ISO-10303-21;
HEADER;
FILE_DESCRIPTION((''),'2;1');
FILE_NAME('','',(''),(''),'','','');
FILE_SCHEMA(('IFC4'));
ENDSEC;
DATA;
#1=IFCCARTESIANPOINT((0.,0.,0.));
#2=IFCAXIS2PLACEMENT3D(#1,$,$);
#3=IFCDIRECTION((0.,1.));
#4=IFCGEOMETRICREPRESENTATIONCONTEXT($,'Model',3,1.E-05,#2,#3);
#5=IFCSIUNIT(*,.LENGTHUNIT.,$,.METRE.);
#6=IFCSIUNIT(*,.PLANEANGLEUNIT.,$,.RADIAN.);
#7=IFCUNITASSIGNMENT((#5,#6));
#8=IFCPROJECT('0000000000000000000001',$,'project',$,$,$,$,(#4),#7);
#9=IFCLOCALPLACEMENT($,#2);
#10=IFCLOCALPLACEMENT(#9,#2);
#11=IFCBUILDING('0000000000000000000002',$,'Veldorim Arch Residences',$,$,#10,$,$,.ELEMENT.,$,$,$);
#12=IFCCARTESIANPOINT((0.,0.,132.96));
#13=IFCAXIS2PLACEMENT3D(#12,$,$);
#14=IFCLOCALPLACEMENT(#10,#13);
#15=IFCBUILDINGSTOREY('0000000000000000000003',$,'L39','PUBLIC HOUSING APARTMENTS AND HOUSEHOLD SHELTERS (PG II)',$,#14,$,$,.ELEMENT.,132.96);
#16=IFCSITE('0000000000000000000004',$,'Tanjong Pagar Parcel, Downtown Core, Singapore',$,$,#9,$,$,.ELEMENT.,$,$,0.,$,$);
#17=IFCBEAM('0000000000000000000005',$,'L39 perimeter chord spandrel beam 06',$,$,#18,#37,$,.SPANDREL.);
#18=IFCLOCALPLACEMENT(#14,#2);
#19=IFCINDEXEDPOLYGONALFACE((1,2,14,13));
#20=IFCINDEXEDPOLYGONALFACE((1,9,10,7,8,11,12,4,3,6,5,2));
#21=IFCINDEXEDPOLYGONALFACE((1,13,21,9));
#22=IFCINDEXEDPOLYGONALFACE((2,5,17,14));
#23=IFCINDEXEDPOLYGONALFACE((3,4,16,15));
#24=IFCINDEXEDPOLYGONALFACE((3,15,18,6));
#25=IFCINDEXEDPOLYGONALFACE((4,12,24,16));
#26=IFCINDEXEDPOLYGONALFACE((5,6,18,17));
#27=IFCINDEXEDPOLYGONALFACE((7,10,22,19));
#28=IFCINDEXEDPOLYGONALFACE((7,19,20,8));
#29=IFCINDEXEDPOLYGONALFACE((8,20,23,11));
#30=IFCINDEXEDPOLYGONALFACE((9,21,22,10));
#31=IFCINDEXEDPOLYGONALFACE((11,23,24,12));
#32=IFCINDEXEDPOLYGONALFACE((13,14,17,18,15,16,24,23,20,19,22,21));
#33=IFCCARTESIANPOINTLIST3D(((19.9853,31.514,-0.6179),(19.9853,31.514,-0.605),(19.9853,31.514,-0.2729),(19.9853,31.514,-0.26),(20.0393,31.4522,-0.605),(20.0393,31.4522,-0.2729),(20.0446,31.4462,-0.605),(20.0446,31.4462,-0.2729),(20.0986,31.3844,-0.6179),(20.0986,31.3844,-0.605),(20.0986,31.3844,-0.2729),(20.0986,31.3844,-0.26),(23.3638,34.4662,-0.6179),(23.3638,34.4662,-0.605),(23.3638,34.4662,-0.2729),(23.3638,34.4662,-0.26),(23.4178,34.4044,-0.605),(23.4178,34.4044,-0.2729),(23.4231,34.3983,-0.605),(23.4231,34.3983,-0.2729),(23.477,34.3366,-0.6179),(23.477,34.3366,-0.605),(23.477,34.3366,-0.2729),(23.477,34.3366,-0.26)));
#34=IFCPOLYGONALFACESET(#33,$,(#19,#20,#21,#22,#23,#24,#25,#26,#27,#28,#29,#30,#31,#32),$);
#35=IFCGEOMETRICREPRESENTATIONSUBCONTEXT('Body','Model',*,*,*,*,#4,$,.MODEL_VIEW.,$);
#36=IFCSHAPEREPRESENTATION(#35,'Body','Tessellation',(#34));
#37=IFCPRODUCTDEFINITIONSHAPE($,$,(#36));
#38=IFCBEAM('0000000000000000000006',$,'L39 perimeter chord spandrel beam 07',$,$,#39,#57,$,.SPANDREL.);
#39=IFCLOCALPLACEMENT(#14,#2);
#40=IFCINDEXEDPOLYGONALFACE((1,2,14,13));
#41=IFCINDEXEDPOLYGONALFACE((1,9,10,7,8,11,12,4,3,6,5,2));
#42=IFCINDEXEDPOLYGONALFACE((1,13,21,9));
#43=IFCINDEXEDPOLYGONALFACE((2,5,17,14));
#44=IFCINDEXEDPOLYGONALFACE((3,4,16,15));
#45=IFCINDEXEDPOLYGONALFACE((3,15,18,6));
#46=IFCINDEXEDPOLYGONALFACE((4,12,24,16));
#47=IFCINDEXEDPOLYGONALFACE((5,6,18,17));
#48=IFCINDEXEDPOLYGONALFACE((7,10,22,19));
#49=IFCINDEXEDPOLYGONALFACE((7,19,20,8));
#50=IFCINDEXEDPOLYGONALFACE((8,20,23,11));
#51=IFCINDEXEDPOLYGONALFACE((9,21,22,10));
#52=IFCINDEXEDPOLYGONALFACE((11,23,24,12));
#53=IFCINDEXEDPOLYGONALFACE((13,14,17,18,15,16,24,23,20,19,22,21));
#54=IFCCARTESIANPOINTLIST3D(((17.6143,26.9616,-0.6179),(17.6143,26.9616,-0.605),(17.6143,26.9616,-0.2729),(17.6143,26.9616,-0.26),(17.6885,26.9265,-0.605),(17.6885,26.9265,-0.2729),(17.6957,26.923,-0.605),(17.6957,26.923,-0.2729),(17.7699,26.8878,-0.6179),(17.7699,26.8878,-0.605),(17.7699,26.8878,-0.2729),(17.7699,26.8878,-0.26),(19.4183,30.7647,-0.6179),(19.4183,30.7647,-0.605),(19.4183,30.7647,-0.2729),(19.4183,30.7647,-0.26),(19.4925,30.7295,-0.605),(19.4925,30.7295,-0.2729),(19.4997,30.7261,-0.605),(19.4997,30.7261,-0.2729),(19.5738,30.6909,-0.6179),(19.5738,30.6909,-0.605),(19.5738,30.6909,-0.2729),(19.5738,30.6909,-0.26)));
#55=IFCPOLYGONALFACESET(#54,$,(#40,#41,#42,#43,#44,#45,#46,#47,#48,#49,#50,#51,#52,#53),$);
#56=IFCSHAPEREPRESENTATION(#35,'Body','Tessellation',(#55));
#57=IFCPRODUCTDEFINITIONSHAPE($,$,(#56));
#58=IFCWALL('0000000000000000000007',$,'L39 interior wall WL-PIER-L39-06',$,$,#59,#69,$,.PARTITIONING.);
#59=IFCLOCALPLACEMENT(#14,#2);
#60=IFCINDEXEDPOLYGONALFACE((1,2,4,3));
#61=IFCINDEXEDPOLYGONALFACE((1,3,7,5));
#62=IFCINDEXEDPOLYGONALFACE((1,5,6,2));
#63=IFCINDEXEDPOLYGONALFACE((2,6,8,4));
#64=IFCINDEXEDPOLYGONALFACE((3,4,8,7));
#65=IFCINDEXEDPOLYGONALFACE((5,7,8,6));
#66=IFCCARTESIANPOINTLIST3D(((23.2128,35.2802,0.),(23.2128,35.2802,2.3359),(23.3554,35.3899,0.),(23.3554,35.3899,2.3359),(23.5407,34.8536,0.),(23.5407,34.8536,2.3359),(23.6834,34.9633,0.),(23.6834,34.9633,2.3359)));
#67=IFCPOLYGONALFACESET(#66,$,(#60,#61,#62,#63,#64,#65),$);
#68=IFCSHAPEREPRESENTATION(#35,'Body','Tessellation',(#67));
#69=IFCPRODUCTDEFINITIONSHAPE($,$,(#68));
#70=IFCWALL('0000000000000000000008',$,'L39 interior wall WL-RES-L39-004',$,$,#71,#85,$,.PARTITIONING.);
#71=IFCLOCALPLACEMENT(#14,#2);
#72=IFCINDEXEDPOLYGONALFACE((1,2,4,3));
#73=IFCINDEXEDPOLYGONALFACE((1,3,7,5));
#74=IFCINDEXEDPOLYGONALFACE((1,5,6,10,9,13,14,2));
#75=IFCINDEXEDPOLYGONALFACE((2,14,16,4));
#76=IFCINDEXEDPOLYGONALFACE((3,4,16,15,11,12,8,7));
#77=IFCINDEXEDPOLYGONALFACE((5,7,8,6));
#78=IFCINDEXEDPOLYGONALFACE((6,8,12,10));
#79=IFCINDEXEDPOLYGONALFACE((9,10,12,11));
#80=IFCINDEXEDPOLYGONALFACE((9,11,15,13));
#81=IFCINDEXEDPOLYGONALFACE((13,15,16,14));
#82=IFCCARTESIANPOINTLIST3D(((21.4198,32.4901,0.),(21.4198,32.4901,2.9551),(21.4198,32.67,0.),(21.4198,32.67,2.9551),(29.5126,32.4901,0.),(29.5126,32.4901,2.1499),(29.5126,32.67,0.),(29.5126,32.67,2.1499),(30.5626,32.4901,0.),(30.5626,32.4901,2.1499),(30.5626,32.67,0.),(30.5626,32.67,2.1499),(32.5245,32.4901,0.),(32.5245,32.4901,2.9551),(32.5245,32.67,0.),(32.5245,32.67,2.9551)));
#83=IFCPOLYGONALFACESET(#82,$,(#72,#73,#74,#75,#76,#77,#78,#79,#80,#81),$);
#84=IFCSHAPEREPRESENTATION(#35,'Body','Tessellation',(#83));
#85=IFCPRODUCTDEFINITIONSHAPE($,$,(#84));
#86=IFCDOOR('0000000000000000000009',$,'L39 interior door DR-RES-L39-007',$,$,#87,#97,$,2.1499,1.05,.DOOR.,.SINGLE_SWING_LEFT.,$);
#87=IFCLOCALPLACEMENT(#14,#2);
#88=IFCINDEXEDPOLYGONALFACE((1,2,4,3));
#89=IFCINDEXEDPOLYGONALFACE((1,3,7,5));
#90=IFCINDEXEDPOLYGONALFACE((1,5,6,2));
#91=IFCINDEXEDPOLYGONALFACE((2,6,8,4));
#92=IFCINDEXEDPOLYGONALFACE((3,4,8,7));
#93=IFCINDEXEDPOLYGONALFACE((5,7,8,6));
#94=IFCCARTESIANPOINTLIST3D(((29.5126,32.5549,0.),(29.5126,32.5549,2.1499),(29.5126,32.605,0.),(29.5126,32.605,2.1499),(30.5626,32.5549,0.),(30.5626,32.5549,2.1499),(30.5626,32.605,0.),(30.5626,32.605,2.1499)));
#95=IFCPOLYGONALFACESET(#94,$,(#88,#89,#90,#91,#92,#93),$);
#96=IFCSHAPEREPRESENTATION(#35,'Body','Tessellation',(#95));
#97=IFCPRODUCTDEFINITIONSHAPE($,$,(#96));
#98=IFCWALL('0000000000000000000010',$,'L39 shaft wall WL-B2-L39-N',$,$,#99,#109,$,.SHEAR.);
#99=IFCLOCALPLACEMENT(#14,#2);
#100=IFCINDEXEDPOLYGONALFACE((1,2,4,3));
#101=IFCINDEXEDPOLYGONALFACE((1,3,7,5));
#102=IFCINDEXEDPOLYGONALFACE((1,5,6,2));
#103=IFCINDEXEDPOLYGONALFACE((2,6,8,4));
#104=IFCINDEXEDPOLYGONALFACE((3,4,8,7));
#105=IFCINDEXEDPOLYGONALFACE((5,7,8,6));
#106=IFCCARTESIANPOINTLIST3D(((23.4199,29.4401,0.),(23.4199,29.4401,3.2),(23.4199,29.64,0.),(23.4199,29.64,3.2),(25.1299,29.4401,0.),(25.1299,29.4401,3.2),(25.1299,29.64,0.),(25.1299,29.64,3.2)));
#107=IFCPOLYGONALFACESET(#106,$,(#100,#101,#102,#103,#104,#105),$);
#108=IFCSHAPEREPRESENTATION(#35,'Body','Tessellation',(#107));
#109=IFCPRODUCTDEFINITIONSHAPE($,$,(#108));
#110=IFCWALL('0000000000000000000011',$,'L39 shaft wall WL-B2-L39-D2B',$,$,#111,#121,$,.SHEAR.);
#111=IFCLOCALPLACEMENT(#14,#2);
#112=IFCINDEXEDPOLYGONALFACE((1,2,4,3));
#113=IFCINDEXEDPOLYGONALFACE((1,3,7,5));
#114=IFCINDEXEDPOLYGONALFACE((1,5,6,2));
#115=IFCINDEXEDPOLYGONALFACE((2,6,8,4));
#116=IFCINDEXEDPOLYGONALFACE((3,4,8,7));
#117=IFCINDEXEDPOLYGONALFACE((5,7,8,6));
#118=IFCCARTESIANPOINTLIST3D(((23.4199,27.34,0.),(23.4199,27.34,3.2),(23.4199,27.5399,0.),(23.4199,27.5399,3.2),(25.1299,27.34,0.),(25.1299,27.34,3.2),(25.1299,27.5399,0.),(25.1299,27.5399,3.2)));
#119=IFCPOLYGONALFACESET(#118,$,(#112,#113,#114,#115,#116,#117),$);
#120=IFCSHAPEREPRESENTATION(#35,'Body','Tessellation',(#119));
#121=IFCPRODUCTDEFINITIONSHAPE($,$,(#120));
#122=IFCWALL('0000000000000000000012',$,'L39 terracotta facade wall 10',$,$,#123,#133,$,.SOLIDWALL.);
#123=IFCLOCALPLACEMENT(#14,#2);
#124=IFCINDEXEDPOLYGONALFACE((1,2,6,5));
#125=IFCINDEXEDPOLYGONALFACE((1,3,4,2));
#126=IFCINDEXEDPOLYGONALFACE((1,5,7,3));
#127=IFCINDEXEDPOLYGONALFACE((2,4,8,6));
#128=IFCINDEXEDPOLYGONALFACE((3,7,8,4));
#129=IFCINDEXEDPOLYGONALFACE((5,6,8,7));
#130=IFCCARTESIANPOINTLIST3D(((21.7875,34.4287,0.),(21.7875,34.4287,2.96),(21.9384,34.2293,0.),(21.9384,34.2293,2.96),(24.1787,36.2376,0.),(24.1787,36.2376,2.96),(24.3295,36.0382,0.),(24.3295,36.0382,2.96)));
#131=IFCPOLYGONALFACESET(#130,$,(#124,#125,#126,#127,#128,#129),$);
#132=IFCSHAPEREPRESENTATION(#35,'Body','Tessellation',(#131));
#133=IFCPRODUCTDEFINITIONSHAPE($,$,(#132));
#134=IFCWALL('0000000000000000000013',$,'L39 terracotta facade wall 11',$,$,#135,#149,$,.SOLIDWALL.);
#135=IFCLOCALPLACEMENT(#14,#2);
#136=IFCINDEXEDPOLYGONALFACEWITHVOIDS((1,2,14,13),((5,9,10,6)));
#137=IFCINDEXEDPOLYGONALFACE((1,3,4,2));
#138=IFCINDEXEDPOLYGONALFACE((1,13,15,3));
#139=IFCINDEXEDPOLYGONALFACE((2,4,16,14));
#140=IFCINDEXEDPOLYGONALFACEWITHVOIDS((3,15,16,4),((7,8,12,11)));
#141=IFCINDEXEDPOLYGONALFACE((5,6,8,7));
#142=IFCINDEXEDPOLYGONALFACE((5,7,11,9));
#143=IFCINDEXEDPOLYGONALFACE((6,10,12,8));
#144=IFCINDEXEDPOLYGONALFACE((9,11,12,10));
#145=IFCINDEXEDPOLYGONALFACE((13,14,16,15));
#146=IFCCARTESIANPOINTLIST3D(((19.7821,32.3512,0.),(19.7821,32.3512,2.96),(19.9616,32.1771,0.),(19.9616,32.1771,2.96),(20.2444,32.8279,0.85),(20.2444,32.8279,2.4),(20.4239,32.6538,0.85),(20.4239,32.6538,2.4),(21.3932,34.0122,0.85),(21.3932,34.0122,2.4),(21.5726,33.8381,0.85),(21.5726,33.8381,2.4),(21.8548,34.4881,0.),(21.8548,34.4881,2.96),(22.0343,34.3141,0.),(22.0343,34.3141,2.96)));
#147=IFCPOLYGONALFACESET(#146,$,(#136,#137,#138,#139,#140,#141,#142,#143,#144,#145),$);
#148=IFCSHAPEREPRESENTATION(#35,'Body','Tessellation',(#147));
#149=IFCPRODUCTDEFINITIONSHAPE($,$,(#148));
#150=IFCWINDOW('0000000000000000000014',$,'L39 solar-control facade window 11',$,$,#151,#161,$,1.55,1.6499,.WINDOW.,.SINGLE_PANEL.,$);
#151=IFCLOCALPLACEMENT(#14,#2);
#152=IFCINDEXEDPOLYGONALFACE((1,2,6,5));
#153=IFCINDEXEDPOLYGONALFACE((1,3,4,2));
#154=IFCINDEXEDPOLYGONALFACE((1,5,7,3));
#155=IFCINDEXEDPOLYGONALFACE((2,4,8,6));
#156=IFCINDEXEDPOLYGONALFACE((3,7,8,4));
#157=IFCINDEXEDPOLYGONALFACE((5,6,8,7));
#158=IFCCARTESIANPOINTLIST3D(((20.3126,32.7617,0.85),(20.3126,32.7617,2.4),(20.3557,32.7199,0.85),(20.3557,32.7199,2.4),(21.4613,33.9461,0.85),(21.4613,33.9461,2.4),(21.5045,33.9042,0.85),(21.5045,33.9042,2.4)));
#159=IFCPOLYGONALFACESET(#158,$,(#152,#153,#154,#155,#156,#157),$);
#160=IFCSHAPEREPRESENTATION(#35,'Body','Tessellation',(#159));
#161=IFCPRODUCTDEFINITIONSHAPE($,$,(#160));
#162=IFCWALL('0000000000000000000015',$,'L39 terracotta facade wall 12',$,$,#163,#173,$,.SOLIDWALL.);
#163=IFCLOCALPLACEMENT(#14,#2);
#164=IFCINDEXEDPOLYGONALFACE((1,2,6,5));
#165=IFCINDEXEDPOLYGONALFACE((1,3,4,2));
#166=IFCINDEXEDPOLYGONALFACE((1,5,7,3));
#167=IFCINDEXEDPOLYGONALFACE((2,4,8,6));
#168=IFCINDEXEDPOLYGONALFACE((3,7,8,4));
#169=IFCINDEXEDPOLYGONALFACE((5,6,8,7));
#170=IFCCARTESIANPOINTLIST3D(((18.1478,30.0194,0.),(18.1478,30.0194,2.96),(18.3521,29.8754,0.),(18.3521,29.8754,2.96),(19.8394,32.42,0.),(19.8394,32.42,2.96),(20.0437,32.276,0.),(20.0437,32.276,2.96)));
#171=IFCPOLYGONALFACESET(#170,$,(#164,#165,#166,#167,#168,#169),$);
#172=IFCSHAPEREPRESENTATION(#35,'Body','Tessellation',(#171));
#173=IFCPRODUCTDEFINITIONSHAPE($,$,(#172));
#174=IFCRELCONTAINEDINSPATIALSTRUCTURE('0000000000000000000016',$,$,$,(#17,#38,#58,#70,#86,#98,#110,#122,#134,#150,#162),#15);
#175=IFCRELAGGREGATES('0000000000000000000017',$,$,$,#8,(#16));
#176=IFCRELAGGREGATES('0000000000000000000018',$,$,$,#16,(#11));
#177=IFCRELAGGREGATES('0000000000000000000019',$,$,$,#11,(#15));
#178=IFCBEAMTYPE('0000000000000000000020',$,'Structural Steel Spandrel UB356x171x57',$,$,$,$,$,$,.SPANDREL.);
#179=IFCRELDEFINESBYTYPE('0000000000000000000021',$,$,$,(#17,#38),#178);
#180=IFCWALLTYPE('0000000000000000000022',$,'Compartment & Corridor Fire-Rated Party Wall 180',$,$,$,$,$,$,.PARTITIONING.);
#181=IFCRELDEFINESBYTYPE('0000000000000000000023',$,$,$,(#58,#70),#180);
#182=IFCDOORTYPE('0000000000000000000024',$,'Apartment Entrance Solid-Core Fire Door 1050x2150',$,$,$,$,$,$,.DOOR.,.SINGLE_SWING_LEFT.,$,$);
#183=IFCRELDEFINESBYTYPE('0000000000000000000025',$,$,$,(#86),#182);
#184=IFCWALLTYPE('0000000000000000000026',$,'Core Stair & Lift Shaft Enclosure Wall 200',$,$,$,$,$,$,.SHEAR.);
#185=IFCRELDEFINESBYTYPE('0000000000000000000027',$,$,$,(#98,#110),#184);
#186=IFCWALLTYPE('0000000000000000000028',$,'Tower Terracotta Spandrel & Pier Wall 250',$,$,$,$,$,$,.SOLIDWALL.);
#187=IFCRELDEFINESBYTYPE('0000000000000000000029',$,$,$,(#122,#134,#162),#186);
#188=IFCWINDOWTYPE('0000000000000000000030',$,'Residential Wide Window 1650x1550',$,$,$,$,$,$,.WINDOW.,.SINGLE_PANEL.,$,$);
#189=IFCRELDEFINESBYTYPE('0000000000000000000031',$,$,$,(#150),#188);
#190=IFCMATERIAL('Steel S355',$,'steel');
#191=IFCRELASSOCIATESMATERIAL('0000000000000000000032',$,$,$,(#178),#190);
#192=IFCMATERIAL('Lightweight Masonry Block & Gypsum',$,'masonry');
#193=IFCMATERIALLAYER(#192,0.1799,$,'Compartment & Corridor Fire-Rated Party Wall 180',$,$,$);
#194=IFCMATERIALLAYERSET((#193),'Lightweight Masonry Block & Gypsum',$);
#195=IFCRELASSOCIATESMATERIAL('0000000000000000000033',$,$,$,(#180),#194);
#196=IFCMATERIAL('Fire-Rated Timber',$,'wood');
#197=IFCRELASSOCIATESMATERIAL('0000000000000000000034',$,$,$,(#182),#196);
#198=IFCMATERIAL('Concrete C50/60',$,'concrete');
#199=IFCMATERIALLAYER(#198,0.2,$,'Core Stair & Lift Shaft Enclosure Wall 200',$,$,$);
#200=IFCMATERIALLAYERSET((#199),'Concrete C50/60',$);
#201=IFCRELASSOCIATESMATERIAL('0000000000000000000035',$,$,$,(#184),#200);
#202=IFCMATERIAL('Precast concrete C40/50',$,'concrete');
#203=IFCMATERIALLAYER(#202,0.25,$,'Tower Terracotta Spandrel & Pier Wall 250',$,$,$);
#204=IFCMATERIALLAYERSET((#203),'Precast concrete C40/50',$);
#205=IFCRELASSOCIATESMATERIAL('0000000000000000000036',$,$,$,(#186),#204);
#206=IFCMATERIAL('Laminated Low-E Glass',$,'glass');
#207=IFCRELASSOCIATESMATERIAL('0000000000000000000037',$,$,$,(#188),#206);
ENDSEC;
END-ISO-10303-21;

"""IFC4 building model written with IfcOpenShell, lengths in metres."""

from ifc_helpers import new_model, si_unit, direction, frame, frame_2d, origin, origin_2d, place, context, subcontext, project, spatial, rectangle, i_section, extrude, material, layer, layer_set, material_profile, profile_set, type_object, element, fill, save


model = new_model("IFC4")

# Units and contexts
model_context = context("Model", 3, precision=1e-05, world=origin(), true_north=direction((0.0, 1.0)))
body_context = subcontext(model_context, "Body", "Model", "MODEL_VIEW")
ifc_project = project(units=[si_unit("LENGTHUNIT", "METRE"), si_unit("PLANEANGLEUNIT", "RADIAN")], contexts=[model_context])

# Site, building, storey
site_placement = place(None, origin())
site = spatial("IfcSite", under=ifc_project, at=site_placement, Name="Tanjong Pagar Parcel, Downtown Core, Singapore", CompositionType="ELEMENT", RefElevation=0.0)
building_placement = place(site_placement, origin())
building = spatial("IfcBuilding", under=site, at=building_placement, Name="Veldorim Arch Residences", CompositionType="ELEMENT")
storey_placement = place(building_placement, frame((0.0, 0.0, 132.96)))
storey = spatial("IfcBuildingStorey", under=building, at=storey_placement, Name="L39", Description="PUBLIC HOUSING APARTMENTS AND HOUSEHOLD SHELTERS (PG II)", CompositionType="ELEMENT", Elevation=132.96)

# Beams
ifc_material_1 = material(Name="Steel S355", Category="steel")
ifc_material_profile_1 = material_profile(ifc_material_1, i_section(OverallWidth=0.1721, OverallDepth=0.3579, WebThickness=0.0081, FlangeThickness=0.0129, at=origin_2d()), Name="UB356x171x57")
ifc_profile_set_1 = profile_set([ifc_material_profile_1], Name="Steel S355")
beam_type_1 = type_object("IfcBeamType", Name="Structural Steel Spandrel UB356x171x57", PredefinedType="SPANDREL", material=ifc_profile_set_1)
beam_1_placement = place(storey_placement, frame((23.4204, 34.4014, -0.439), z_axis=(-0.753015, -0.658004, 0.0), x_axis=(0.658004, -0.753015, 0.0)))
element("IfcBeam", 1, at=beam_1_placement, inside=storey, type_object=beam_type_1, Name="L39 perimeter chord spandrel beam 06", PredefinedType="SPANDREL", context=body_context, shape_type="SweptSolid", body=[
    extrude(i_section(OverallWidth=0.1721, OverallDepth=0.3579, WebThickness=0.0081, FlangeThickness=0.0129, at=origin_2d()), origin(), (0.0, 0.0, 1.0), 4.4866),
])
beam_2_placement = place(storey_placement, frame((19.4961, 30.7278, -0.439), z_axis=(-0.42858, -0.903504, 0.0), x_axis=(0.903504, -0.42858, 0.0)))
element("IfcBeam", 2, at=beam_2_placement, inside=storey, type_object=beam_type_1, Name="L39 perimeter chord spandrel beam 07", PredefinedType="SPANDREL", context=body_context, shape_type="SweptSolid", body=[
    extrude(i_section(OverallWidth=0.1721, OverallDepth=0.3579, WebThickness=0.0081, FlangeThickness=0.0129, at=origin_2d()), origin(), (0.0, 0.0, 1.0), 4.2092),
])

# Wall
ifc_material_2 = material(Name="Lightweight Masonry Block & Gypsum", Category="masonry")
ifc_layer_1 = layer(ifc_material_2, 0.1799, Name="Compartment & Corridor Fire-Rated Party Wall 180")
ifc_layer_set_1 = layer_set([ifc_layer_1], Name="Lightweight Masonry Block & Gypsum")
wall_type_1 = type_object("IfcWallType", Name="Compartment & Corridor Fire-Rated Party Wall 180", PredefinedType="PARTITIONING", material=ifc_layer_set_1)
wall_1_placement = place(storey_placement, frame((23.6121, 34.9084, 0.0), z_axis=(0.0, 0.0, 1.0), x_axis=(-0.609469, 0.79281, 0.0)))
element("IfcWall", 3, at=wall_1_placement, inside=storey, type_object=wall_type_1, Name="L39 interior wall WL-PIER-L39-06", PredefinedType="PARTITIONING", context=body_context, shape_type="SweptSolid", body=[
    extrude(rectangle(XDim=0.5381, YDim=0.1799, at=frame_2d((0.269, 0.0))), origin(), (0.0, 0.0, 1.0), 2.3359),
])

# Wall, opening, door
wall_2_placement = place(storey_placement, frame((21.4199, 32.5801, 0.0), z_axis=(0.0, 0.0, 1.0), x_axis=(1.0, 0.0, 0.0)))
wall_2 = element("IfcWall", 4, at=wall_2_placement, inside=storey, type_object=wall_type_1, Name="L39 interior wall WL-RES-L39-004", PredefinedType="PARTITIONING", context=body_context, shape_type="SweptSolid", body=[
    extrude(rectangle(XDim=11.1047, YDim=0.1799, at=frame_2d((5.5522, 0.0))), origin(), (0.0, 0.0, 1.0), 2.9551),
])
opening_1_placement = place(wall_2_placement, frame((8.0928, 0.0, 0.0)))
opening_1 = element("IfcOpeningElement", 5, at=opening_1_placement, cuts=wall_2, PredefinedType="OPENING", context=body_context, shape_type="SweptSolid", body=[
    extrude(rectangle(XDim=1.05, YDim=2.1499, at=frame_2d((0.5249, 1.075))), frame((0.0, 0.0999, 0.0), z_axis=(0.0, -1.0, 0.0), x_axis=(1.0, 0.0, 0.0)), (0.0, 0.0, 1.0), 0.2),
])
ifc_material_3 = material(Name="Fire-Rated Timber", Category="wood")
door_type_1 = type_object("IfcDoorType", Name="Apartment Entrance Solid-Core Fire Door 1050x2150", OperationType="SINGLE_SWING_LEFT", PredefinedType="DOOR", material=ifc_material_3)
door_1_placement = place(opening_1_placement, origin())
door_1 = element("IfcDoor", 6, at=door_1_placement, inside=storey, type_object=door_type_1, Name="L39 interior door DR-RES-L39-007", OperationType="SINGLE_SWING_LEFT", OverallHeight=2.1499, OverallWidth=1.05, PredefinedType="DOOR", context=body_context, shape_type="SweptSolid", body=[
    extrude(rectangle(XDim=1.05, YDim=2.1499, at=frame_2d((0.5249, 1.075))), frame((0.0, 0.0249, 0.0), z_axis=(0.0, -1.0, 0.0), x_axis=(1.0, 0.0, 0.0)), (0.0, 0.0, 1.0), 0.05),
])
fill(opening_1, door_1)

# Walls
ifc_material_4 = material(Name="Concrete C50/60", Category="concrete")
ifc_layer_2 = layer(ifc_material_4, 0.2, Name="Core Stair & Lift Shaft Enclosure Wall 200")
ifc_layer_set_2 = layer_set([ifc_layer_2], Name="Concrete C50/60")
wall_type_2 = type_object("IfcWallType", Name="Core Stair & Lift Shaft Enclosure Wall 200", PredefinedType="SHEAR", material=ifc_layer_set_2)
for number, where, z_axis, x_axis, name in (
    (7, (23.4199, 29.54, 0.0), (0.0, 0.0, 1.0), (1.0, 0.0, 0.0), "L39 shaft wall WL-B2-L39-N"),
    (8, (23.4199, 27.4399, 0.0), (0.0, 0.0, 1.0), (1.0, 0.0, 0.0), "L39 shaft wall WL-B2-L39-D2B"),
):
    element("IfcWall", number, at=place(storey_placement, frame(where, z_axis=z_axis, x_axis=x_axis)), inside=storey, type_object=wall_type_2, Name=name, PredefinedType="SHEAR", context=body_context, shape_type="SweptSolid", body=[
        extrude(rectangle(XDim=1.71, YDim=0.2, at=frame_2d((0.855, 0.0))), origin(), (0.0, 0.0, 1.0), 3.2),
    ])

# Wall
ifc_material_5 = material(Name="Precast concrete C40/50", Category="concrete")
ifc_layer_3 = layer(ifc_material_5, 0.25, Name="Tower Terracotta Spandrel & Pier Wall 250")
ifc_layer_set_3 = layer_set([ifc_layer_3], Name="Precast concrete C40/50")
wall_type_3 = type_object("IfcWallType", Name="Tower Terracotta Spandrel & Pier Wall 250", PredefinedType="SOLIDWALL", material=ifc_layer_set_3)
wall_3_placement = place(storey_placement, frame((21.863, 34.3291, 0.0), z_axis=(0.0, 0.0, 1.0), x_axis=(0.797511, 0.603304, 0.0)))
element("IfcWall", 9, at=wall_3_placement, inside=storey, type_object=wall_type_3, Name="L39 terracotta facade wall 10", PredefinedType="SOLIDWALL", context=body_context, shape_type="SweptSolid", body=[
    extrude(rectangle(XDim=2.9983, YDim=0.25, at=frame_2d((1.499, 0.0))), origin(), (0.0, 0.0, 1.0), 2.96),
])

# Wall, opening, window
wall_4_placement = place(storey_placement, frame((19.8718, 32.2642, 0.0), z_axis=(0.0, 0.0, 1.0), x_axis=(0.696241, 0.717808, 0.0)))
wall_4 = element("IfcWall", 10, at=wall_4_placement, inside=storey, type_object=wall_type_3, Name="L39 terracotta facade wall 11", PredefinedType="SOLIDWALL", context=body_context, shape_type="SweptSolid", body=[
    extrude(rectangle(XDim=2.9771, YDim=0.25, at=frame_2d((1.4885, 0.0))), origin(), (0.0, 0.0, 1.0), 2.96),
])
opening_2_placement = place(wall_4_placement, frame((0.6641, 0.0, 0.8501)))
opening_2 = element("IfcOpeningElement", 11, at=opening_2_placement, cuts=wall_4, PredefinedType="OPENING", context=body_context, shape_type="SweptSolid", body=[
    extrude(rectangle(XDim=1.6499, YDim=1.55, at=frame_2d((0.825, 0.7749))), frame((0.0, 0.135, 0.0), z_axis=(0.0, -1.0, 0.0), x_axis=(1.0, 0.0, 0.0)), (0.0, 0.0, 1.0), 0.27),
])
ifc_material_6 = material(Name="Laminated Low-E Glass", Category="glass")
window_type = type_object("IfcWindowType", Name="Residential Wide Window 1650x1550", PartitioningType="SINGLE_PANEL", PredefinedType="WINDOW", material=ifc_material_6)
window_1_placement = place(opening_2_placement, origin())
window_1 = element("IfcWindow", 12, at=window_1_placement, inside=storey, type_object=window_type, Name="L39 solar-control facade window 11", OverallHeight=1.55, OverallWidth=1.6499, PartitioningType="SINGLE_PANEL", PredefinedType="WINDOW", context=body_context, shape_type="SweptSolid", body=[
    extrude(rectangle(XDim=1.6499, YDim=1.55, at=frame_2d((0.825, 0.7749))), frame((0.0, 0.03, 0.0), z_axis=(0.0, -1.0, 0.0), x_axis=(1.0, 0.0, 0.0)), (0.0, 0.0, 1.0), 0.0601),
])
fill(opening_2, window_1)

# Wall
wall_5_placement = place(storey_placement, frame((18.25, 29.9475, 0.0), z_axis=(0.0, 0.0, 1.0), x_axis=(0.57602, 0.817435, 0.0)))
element("IfcWall", 13, at=wall_5_placement, inside=storey, type_object=wall_type_3, Name="L39 terracotta facade wall 12", PredefinedType="SOLIDWALL", context=body_context, shape_type="SweptSolid", body=[
    extrude(rectangle(XDim=2.9368, YDim=0.25, at=frame_2d((1.4683, 0.0))), origin(), (0.0, 0.0, 1.0), 2.96),
])

save(model, "model.ifc")
